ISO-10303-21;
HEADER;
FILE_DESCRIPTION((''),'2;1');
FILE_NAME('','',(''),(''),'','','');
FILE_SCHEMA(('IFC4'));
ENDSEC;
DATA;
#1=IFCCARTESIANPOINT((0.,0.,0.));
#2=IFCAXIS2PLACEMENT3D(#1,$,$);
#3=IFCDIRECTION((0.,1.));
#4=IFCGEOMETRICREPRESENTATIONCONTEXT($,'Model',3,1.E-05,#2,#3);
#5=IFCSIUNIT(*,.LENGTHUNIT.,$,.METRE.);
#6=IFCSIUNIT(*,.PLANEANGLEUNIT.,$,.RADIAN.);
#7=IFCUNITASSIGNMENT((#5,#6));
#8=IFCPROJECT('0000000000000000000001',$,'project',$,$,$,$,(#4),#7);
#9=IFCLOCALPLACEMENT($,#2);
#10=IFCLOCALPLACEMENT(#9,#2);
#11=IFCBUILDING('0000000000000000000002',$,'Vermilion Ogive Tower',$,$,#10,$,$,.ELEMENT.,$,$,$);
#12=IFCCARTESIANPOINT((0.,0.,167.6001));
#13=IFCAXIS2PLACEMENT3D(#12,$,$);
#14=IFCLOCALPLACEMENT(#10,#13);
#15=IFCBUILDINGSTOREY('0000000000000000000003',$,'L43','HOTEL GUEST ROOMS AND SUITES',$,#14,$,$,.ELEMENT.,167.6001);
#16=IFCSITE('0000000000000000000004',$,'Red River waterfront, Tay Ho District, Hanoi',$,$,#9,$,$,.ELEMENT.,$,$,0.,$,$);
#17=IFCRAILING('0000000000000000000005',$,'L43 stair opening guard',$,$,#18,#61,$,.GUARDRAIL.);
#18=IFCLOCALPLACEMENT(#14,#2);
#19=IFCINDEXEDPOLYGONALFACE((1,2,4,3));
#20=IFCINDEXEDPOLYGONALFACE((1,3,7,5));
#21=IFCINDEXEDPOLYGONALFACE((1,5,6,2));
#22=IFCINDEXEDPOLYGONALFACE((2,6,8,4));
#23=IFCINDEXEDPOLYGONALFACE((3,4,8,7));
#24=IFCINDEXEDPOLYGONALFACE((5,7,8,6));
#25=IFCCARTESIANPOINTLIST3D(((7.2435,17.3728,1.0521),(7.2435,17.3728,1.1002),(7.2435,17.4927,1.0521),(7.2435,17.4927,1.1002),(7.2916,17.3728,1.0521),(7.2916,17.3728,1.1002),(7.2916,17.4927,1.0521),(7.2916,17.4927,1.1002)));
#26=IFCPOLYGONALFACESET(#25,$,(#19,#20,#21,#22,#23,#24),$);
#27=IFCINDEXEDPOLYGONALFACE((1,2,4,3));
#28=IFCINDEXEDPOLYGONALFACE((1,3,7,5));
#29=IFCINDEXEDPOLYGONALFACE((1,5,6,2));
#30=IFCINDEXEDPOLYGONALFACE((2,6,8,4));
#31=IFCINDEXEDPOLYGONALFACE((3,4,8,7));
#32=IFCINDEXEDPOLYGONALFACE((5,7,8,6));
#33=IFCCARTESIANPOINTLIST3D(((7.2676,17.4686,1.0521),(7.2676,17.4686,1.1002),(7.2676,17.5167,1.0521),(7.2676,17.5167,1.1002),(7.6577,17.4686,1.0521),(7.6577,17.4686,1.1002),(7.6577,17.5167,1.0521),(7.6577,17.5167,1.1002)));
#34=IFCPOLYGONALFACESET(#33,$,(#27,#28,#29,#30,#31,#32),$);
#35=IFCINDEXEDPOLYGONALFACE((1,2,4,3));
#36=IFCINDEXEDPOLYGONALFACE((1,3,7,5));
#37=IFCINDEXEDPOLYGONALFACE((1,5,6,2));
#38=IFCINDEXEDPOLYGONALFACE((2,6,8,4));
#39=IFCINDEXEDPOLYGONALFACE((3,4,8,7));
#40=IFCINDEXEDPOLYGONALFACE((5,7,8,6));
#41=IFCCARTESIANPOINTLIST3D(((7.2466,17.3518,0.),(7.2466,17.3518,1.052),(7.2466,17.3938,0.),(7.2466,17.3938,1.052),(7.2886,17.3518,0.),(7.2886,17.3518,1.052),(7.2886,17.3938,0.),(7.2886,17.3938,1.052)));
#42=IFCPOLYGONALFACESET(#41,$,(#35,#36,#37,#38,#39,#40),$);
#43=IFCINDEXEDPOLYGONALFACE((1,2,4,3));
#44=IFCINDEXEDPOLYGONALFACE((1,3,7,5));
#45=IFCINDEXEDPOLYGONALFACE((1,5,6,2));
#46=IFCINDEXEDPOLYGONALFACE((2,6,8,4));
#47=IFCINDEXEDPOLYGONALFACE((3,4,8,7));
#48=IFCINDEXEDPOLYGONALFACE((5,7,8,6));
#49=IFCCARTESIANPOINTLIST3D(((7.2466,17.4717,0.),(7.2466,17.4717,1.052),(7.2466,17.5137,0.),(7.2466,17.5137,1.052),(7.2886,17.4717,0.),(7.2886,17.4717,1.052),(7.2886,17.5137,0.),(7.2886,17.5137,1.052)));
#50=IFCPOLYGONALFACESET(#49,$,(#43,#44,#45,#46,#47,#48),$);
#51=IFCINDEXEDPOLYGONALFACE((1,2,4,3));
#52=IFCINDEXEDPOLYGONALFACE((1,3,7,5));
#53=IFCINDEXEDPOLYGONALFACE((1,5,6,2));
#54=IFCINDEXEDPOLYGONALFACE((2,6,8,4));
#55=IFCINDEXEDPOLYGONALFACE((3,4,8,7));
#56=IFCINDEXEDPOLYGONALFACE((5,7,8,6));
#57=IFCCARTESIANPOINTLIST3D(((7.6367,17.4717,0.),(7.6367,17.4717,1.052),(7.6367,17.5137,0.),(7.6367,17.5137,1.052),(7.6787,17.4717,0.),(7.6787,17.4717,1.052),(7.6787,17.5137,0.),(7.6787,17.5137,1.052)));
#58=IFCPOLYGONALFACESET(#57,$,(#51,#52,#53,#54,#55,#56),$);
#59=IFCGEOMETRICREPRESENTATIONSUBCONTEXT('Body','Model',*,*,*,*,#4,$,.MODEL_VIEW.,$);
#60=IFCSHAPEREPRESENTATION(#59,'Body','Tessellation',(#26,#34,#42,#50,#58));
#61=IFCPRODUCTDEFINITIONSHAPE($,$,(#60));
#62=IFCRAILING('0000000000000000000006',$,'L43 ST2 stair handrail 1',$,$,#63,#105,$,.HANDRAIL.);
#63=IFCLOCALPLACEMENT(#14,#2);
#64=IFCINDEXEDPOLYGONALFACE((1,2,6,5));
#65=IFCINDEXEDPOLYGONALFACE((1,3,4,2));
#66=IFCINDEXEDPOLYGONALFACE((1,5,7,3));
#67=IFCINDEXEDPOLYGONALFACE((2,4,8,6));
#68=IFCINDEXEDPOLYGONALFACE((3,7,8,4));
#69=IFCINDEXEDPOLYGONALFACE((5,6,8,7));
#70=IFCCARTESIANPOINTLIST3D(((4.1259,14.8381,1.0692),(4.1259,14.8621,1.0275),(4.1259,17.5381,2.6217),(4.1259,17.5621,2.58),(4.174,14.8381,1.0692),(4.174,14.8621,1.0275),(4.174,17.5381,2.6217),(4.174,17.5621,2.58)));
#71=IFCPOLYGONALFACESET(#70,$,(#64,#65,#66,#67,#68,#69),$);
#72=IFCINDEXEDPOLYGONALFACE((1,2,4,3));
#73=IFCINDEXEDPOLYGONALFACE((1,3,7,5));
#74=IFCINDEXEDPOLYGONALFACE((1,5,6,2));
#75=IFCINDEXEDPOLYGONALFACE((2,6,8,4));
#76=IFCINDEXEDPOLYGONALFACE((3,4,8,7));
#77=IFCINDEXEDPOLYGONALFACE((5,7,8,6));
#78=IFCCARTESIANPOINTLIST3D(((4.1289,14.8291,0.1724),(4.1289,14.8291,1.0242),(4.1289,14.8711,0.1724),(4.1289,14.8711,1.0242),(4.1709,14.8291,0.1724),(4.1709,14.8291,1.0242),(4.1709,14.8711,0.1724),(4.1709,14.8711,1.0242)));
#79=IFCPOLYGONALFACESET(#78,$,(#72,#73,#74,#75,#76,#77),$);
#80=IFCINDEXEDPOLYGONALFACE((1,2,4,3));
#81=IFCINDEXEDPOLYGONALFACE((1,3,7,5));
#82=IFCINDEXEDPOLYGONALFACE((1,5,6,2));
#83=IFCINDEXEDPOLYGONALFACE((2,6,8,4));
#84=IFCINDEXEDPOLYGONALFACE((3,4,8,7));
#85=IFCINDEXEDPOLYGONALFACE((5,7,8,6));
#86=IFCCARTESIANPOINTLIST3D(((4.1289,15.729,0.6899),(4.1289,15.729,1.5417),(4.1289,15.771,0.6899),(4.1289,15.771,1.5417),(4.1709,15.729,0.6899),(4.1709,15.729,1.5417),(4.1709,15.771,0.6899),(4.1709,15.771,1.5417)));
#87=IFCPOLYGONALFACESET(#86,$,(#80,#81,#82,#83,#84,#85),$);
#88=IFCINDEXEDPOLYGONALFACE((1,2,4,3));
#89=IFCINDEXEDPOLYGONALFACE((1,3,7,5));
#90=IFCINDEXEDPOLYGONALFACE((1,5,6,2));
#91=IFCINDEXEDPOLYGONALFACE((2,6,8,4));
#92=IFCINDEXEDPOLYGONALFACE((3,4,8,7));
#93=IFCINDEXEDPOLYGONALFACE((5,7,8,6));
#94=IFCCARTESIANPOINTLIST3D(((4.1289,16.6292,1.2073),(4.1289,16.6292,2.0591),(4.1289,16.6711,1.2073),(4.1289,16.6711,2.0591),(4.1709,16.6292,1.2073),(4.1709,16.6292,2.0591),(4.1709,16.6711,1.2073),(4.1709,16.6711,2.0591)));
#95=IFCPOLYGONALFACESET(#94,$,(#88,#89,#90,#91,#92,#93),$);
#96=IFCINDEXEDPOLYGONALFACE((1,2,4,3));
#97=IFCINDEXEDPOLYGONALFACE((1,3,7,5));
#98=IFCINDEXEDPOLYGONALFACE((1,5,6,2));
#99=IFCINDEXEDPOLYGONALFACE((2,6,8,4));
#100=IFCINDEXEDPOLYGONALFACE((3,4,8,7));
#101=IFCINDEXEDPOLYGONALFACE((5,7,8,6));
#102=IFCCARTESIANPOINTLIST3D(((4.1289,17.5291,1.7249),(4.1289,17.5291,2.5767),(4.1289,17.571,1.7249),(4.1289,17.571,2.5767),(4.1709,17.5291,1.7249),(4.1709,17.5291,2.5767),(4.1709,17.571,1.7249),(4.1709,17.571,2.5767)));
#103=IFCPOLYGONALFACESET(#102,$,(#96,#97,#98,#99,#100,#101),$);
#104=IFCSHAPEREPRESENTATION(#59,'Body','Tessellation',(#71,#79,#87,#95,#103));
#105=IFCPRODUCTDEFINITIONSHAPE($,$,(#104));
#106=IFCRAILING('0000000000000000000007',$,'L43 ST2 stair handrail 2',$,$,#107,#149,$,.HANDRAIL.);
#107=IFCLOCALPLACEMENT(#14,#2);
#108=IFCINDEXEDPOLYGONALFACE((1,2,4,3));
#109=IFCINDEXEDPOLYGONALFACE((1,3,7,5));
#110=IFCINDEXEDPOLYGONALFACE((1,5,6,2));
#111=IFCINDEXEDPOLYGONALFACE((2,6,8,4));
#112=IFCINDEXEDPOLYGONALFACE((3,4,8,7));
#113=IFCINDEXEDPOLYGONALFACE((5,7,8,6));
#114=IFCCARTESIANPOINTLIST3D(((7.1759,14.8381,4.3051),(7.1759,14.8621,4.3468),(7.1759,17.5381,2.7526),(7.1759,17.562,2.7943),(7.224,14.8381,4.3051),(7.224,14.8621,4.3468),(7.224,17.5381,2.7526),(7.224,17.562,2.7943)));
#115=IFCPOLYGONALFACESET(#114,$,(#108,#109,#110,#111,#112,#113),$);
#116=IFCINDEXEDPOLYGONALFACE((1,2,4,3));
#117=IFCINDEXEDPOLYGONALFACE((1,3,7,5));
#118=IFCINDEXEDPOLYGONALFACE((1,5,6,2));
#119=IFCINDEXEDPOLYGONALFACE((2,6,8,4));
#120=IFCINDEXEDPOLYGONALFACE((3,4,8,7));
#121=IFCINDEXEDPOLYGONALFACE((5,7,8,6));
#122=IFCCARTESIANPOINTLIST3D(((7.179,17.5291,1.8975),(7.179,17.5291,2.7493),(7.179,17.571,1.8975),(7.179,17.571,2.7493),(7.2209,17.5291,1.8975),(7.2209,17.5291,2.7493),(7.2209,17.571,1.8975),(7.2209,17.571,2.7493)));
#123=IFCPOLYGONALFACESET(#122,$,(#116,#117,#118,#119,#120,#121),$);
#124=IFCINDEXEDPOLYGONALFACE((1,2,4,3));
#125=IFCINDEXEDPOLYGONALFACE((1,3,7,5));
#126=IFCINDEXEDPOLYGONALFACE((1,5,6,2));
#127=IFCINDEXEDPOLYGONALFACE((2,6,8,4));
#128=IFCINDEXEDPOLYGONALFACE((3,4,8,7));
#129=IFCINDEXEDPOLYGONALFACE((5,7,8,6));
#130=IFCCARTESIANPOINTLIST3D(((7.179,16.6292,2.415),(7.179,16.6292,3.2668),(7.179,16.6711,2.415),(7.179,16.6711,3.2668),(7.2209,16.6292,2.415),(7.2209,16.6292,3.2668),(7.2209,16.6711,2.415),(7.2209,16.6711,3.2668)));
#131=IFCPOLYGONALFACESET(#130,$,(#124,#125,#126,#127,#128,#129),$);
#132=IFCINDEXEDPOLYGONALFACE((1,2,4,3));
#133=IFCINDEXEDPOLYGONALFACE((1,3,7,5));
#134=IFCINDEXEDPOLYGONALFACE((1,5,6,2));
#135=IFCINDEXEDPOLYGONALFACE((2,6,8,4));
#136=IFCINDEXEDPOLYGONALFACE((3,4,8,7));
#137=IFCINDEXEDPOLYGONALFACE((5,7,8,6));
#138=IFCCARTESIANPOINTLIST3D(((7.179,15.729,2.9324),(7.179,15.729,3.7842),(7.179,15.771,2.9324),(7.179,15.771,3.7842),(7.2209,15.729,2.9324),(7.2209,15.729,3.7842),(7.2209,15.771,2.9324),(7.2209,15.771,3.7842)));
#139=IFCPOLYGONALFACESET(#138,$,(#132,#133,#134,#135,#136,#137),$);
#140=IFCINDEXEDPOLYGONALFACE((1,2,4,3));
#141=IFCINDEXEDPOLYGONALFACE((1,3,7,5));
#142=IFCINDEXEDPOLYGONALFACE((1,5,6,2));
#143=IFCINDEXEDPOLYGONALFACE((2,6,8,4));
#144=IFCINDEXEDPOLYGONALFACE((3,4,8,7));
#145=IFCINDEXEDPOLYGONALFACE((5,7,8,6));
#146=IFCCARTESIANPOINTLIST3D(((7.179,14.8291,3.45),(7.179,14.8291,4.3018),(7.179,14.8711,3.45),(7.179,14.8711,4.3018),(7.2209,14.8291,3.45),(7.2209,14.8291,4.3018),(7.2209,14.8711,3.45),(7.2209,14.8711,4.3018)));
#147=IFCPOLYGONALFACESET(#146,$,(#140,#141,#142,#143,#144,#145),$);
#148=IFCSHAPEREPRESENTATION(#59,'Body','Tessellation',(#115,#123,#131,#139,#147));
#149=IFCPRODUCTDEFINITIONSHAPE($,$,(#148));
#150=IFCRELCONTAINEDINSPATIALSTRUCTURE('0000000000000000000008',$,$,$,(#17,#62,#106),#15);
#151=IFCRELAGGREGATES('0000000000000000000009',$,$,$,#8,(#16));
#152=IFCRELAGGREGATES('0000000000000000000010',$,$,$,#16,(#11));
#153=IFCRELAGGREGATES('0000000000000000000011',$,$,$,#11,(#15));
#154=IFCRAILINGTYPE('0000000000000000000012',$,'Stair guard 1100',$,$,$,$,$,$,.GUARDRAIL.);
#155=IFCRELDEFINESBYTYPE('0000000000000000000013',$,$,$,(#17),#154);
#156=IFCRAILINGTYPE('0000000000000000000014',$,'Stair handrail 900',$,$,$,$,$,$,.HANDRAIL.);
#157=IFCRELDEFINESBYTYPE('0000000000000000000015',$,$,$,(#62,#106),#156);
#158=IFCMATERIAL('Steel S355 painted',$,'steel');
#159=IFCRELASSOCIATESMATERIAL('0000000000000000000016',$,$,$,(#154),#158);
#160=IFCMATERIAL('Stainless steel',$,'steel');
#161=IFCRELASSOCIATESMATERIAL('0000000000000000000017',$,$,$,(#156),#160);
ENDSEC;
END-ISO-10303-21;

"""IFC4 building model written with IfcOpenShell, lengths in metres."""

from ifc_helpers import new_model, si_unit, direction, frame, origin, origin_2d, place, context, subcontext, project, spatial, rectangle, extrude, material, type_object, element, save


model = new_model("IFC4")

# Units and contexts
model_context = context("Model", 3, precision=1e-05, world=origin(), true_north=direction((0.0, 1.0)))
body_context = subcontext(model_context, "Body", "Model", "MODEL_VIEW")
ifc_project = project(units=[si_unit("LENGTHUNIT", "METRE"), si_unit("PLANEANGLEUNIT", "RADIAN")], contexts=[model_context])

# Site, building, storey
site_placement = place(None, origin())
site = spatial("IfcSite", under=ifc_project, at=site_placement, Name="Red River waterfront, Tay Ho District, Hanoi", CompositionType="ELEMENT", RefElevation=0.0)
building_placement = place(site_placement, origin())
building = spatial("IfcBuilding", under=site, at=building_placement, Name="Vermilion Ogive Tower", CompositionType="ELEMENT")
storey_placement = place(building_placement, frame((0.0, 0.0, 167.6001)))
storey = spatial("IfcBuildingStorey", under=building, at=storey_placement, Name="L43", Description="HOTEL GUEST ROOMS AND SUITES", CompositionType="ELEMENT", Elevation=167.6001)

# Railings
ifc_material_1 = material(Name="Steel S355 painted", Category="steel")
railing_type_1 = type_object("IfcRailingType", Name="Stair guard 1100", PredefinedType="GUARDRAIL", material=ifc_material_1)
railing_1_placement = place(storey_placement, frame((7.2676, 17.3728, 0.0)))
element("IfcRailing", 1, at=railing_1_placement, inside=storey, type_object=railing_type_1, Name="L43 stair opening guard", PredefinedType="GUARDRAIL", context=body_context, shape_type="SweptSolid", body=[
    extrude(rectangle(XDim=0.0481, YDim=0.0481, at=origin_2d()), frame((0.0, 0.0, 1.0762), z_axis=(0.0, 1.0, 0.0), x_axis=(-1.0, 0.0, 0.0)), (0.0, 0.0, 1.0), 0.1199),
    extrude(rectangle(XDim=0.0481, YDim=0.0481, at=origin_2d()), frame((0.0, 0.1199, 1.0762), z_axis=(1.0, 0.0, 0.0), x_axis=(0.0, 1.0, 0.0)), (0.0, 0.0, 1.0), 0.3901),
    extrude(rectangle(XDim=0.042, YDim=0.042, at=origin_2d()), origin(), (0.0, 0.0, 1.0), 1.052),
    extrude(rectangle(XDim=0.042, YDim=0.042, at=origin_2d()), frame((0.0, 0.1199, 0.0)), (0.0, 0.0, 1.0), 1.052),
    extrude(rectangle(XDim=0.042, YDim=0.042, at=origin_2d()), frame((0.3901, 0.1199, 0.0)), (0.0, 0.0, 1.0), 1.052),
])
ifc_material_2 = material(Name="Stainless steel", Category="steel")
railing_type_2 = type_object("IfcRailingType", Name="Stair handrail 900", PredefinedType="HANDRAIL", material=ifc_material_2)
railing_2_placement = place(storey_placement, frame((4.1499, 14.8501, 0.1724)))
element("IfcRailing", 2, at=railing_2_placement, inside=storey, type_object=railing_type_2, Name="L43 ST2 stair handrail 1", PredefinedType="HANDRAIL", context=body_context, shape_type="SweptSolid", body=[
    extrude(rectangle(XDim=0.0481, YDim=0.0481, at=origin_2d()), frame((0.0, 0.0, 0.876), z_axis=(0.0, 0.866904, 0.498476), x_axis=(-1.0, 0.0, 0.0)), (0.0, 0.0, 1.0), 3.1145),
    extrude(rectangle(XDim=0.042, YDim=0.042, at=origin_2d()), origin(), (0.0, 0.0, 1.0), 0.8518),
    extrude(rectangle(XDim=0.042, YDim=0.042, at=origin_2d()), frame((0.0, 0.8999, 0.5176)), (0.0, 0.0, 1.0), 0.8518),
    extrude(rectangle(XDim=0.042, YDim=0.042, at=origin_2d()), frame((0.0, 1.8, 1.0349)), (0.0, 0.0, 1.0), 0.8518),
    extrude(rectangle(XDim=0.042, YDim=0.042, at=origin_2d()), frame((0.0, 2.7, 1.5525)), (0.0, 0.0, 1.0), 0.8518),
])
railing_3_placement = place(storey_placement, frame((7.2, 17.55, 1.8975)))
element("IfcRailing", 3, at=railing_3_placement, inside=storey, type_object=railing_type_2, Name="L43 ST2 stair handrail 2", PredefinedType="HANDRAIL", context=body_context, shape_type="SweptSolid", body=[
    extrude(rectangle(XDim=0.0481, YDim=0.0481, at=origin_2d()), frame((0.0, 0.0, 0.876), z_axis=(0.0, -0.866904, 0.498476), x_axis=(1.0, 0.0, 0.0)), (0.0, 0.0, 1.0), 3.1145),
    extrude(rectangle(XDim=0.042, YDim=0.042, at=origin_2d()), origin(), (0.0, 0.0, 1.0), 0.8518),
    extrude(rectangle(XDim=0.042, YDim=0.042, at=origin_2d()), frame((0.0, -0.8999, 0.5176)), (0.0, 0.0, 1.0), 0.8518),
    extrude(rectangle(XDim=0.042, YDim=0.042, at=origin_2d()), frame((0.0, -1.8, 1.0349)), (0.0, 0.0, 1.0), 0.8518),
    extrude(rectangle(XDim=0.042, YDim=0.042, at=origin_2d()), frame((0.0, -2.7, 1.5525)), (0.0, 0.0, 1.0), 0.8518),
])

save(model, "model.ifc")
